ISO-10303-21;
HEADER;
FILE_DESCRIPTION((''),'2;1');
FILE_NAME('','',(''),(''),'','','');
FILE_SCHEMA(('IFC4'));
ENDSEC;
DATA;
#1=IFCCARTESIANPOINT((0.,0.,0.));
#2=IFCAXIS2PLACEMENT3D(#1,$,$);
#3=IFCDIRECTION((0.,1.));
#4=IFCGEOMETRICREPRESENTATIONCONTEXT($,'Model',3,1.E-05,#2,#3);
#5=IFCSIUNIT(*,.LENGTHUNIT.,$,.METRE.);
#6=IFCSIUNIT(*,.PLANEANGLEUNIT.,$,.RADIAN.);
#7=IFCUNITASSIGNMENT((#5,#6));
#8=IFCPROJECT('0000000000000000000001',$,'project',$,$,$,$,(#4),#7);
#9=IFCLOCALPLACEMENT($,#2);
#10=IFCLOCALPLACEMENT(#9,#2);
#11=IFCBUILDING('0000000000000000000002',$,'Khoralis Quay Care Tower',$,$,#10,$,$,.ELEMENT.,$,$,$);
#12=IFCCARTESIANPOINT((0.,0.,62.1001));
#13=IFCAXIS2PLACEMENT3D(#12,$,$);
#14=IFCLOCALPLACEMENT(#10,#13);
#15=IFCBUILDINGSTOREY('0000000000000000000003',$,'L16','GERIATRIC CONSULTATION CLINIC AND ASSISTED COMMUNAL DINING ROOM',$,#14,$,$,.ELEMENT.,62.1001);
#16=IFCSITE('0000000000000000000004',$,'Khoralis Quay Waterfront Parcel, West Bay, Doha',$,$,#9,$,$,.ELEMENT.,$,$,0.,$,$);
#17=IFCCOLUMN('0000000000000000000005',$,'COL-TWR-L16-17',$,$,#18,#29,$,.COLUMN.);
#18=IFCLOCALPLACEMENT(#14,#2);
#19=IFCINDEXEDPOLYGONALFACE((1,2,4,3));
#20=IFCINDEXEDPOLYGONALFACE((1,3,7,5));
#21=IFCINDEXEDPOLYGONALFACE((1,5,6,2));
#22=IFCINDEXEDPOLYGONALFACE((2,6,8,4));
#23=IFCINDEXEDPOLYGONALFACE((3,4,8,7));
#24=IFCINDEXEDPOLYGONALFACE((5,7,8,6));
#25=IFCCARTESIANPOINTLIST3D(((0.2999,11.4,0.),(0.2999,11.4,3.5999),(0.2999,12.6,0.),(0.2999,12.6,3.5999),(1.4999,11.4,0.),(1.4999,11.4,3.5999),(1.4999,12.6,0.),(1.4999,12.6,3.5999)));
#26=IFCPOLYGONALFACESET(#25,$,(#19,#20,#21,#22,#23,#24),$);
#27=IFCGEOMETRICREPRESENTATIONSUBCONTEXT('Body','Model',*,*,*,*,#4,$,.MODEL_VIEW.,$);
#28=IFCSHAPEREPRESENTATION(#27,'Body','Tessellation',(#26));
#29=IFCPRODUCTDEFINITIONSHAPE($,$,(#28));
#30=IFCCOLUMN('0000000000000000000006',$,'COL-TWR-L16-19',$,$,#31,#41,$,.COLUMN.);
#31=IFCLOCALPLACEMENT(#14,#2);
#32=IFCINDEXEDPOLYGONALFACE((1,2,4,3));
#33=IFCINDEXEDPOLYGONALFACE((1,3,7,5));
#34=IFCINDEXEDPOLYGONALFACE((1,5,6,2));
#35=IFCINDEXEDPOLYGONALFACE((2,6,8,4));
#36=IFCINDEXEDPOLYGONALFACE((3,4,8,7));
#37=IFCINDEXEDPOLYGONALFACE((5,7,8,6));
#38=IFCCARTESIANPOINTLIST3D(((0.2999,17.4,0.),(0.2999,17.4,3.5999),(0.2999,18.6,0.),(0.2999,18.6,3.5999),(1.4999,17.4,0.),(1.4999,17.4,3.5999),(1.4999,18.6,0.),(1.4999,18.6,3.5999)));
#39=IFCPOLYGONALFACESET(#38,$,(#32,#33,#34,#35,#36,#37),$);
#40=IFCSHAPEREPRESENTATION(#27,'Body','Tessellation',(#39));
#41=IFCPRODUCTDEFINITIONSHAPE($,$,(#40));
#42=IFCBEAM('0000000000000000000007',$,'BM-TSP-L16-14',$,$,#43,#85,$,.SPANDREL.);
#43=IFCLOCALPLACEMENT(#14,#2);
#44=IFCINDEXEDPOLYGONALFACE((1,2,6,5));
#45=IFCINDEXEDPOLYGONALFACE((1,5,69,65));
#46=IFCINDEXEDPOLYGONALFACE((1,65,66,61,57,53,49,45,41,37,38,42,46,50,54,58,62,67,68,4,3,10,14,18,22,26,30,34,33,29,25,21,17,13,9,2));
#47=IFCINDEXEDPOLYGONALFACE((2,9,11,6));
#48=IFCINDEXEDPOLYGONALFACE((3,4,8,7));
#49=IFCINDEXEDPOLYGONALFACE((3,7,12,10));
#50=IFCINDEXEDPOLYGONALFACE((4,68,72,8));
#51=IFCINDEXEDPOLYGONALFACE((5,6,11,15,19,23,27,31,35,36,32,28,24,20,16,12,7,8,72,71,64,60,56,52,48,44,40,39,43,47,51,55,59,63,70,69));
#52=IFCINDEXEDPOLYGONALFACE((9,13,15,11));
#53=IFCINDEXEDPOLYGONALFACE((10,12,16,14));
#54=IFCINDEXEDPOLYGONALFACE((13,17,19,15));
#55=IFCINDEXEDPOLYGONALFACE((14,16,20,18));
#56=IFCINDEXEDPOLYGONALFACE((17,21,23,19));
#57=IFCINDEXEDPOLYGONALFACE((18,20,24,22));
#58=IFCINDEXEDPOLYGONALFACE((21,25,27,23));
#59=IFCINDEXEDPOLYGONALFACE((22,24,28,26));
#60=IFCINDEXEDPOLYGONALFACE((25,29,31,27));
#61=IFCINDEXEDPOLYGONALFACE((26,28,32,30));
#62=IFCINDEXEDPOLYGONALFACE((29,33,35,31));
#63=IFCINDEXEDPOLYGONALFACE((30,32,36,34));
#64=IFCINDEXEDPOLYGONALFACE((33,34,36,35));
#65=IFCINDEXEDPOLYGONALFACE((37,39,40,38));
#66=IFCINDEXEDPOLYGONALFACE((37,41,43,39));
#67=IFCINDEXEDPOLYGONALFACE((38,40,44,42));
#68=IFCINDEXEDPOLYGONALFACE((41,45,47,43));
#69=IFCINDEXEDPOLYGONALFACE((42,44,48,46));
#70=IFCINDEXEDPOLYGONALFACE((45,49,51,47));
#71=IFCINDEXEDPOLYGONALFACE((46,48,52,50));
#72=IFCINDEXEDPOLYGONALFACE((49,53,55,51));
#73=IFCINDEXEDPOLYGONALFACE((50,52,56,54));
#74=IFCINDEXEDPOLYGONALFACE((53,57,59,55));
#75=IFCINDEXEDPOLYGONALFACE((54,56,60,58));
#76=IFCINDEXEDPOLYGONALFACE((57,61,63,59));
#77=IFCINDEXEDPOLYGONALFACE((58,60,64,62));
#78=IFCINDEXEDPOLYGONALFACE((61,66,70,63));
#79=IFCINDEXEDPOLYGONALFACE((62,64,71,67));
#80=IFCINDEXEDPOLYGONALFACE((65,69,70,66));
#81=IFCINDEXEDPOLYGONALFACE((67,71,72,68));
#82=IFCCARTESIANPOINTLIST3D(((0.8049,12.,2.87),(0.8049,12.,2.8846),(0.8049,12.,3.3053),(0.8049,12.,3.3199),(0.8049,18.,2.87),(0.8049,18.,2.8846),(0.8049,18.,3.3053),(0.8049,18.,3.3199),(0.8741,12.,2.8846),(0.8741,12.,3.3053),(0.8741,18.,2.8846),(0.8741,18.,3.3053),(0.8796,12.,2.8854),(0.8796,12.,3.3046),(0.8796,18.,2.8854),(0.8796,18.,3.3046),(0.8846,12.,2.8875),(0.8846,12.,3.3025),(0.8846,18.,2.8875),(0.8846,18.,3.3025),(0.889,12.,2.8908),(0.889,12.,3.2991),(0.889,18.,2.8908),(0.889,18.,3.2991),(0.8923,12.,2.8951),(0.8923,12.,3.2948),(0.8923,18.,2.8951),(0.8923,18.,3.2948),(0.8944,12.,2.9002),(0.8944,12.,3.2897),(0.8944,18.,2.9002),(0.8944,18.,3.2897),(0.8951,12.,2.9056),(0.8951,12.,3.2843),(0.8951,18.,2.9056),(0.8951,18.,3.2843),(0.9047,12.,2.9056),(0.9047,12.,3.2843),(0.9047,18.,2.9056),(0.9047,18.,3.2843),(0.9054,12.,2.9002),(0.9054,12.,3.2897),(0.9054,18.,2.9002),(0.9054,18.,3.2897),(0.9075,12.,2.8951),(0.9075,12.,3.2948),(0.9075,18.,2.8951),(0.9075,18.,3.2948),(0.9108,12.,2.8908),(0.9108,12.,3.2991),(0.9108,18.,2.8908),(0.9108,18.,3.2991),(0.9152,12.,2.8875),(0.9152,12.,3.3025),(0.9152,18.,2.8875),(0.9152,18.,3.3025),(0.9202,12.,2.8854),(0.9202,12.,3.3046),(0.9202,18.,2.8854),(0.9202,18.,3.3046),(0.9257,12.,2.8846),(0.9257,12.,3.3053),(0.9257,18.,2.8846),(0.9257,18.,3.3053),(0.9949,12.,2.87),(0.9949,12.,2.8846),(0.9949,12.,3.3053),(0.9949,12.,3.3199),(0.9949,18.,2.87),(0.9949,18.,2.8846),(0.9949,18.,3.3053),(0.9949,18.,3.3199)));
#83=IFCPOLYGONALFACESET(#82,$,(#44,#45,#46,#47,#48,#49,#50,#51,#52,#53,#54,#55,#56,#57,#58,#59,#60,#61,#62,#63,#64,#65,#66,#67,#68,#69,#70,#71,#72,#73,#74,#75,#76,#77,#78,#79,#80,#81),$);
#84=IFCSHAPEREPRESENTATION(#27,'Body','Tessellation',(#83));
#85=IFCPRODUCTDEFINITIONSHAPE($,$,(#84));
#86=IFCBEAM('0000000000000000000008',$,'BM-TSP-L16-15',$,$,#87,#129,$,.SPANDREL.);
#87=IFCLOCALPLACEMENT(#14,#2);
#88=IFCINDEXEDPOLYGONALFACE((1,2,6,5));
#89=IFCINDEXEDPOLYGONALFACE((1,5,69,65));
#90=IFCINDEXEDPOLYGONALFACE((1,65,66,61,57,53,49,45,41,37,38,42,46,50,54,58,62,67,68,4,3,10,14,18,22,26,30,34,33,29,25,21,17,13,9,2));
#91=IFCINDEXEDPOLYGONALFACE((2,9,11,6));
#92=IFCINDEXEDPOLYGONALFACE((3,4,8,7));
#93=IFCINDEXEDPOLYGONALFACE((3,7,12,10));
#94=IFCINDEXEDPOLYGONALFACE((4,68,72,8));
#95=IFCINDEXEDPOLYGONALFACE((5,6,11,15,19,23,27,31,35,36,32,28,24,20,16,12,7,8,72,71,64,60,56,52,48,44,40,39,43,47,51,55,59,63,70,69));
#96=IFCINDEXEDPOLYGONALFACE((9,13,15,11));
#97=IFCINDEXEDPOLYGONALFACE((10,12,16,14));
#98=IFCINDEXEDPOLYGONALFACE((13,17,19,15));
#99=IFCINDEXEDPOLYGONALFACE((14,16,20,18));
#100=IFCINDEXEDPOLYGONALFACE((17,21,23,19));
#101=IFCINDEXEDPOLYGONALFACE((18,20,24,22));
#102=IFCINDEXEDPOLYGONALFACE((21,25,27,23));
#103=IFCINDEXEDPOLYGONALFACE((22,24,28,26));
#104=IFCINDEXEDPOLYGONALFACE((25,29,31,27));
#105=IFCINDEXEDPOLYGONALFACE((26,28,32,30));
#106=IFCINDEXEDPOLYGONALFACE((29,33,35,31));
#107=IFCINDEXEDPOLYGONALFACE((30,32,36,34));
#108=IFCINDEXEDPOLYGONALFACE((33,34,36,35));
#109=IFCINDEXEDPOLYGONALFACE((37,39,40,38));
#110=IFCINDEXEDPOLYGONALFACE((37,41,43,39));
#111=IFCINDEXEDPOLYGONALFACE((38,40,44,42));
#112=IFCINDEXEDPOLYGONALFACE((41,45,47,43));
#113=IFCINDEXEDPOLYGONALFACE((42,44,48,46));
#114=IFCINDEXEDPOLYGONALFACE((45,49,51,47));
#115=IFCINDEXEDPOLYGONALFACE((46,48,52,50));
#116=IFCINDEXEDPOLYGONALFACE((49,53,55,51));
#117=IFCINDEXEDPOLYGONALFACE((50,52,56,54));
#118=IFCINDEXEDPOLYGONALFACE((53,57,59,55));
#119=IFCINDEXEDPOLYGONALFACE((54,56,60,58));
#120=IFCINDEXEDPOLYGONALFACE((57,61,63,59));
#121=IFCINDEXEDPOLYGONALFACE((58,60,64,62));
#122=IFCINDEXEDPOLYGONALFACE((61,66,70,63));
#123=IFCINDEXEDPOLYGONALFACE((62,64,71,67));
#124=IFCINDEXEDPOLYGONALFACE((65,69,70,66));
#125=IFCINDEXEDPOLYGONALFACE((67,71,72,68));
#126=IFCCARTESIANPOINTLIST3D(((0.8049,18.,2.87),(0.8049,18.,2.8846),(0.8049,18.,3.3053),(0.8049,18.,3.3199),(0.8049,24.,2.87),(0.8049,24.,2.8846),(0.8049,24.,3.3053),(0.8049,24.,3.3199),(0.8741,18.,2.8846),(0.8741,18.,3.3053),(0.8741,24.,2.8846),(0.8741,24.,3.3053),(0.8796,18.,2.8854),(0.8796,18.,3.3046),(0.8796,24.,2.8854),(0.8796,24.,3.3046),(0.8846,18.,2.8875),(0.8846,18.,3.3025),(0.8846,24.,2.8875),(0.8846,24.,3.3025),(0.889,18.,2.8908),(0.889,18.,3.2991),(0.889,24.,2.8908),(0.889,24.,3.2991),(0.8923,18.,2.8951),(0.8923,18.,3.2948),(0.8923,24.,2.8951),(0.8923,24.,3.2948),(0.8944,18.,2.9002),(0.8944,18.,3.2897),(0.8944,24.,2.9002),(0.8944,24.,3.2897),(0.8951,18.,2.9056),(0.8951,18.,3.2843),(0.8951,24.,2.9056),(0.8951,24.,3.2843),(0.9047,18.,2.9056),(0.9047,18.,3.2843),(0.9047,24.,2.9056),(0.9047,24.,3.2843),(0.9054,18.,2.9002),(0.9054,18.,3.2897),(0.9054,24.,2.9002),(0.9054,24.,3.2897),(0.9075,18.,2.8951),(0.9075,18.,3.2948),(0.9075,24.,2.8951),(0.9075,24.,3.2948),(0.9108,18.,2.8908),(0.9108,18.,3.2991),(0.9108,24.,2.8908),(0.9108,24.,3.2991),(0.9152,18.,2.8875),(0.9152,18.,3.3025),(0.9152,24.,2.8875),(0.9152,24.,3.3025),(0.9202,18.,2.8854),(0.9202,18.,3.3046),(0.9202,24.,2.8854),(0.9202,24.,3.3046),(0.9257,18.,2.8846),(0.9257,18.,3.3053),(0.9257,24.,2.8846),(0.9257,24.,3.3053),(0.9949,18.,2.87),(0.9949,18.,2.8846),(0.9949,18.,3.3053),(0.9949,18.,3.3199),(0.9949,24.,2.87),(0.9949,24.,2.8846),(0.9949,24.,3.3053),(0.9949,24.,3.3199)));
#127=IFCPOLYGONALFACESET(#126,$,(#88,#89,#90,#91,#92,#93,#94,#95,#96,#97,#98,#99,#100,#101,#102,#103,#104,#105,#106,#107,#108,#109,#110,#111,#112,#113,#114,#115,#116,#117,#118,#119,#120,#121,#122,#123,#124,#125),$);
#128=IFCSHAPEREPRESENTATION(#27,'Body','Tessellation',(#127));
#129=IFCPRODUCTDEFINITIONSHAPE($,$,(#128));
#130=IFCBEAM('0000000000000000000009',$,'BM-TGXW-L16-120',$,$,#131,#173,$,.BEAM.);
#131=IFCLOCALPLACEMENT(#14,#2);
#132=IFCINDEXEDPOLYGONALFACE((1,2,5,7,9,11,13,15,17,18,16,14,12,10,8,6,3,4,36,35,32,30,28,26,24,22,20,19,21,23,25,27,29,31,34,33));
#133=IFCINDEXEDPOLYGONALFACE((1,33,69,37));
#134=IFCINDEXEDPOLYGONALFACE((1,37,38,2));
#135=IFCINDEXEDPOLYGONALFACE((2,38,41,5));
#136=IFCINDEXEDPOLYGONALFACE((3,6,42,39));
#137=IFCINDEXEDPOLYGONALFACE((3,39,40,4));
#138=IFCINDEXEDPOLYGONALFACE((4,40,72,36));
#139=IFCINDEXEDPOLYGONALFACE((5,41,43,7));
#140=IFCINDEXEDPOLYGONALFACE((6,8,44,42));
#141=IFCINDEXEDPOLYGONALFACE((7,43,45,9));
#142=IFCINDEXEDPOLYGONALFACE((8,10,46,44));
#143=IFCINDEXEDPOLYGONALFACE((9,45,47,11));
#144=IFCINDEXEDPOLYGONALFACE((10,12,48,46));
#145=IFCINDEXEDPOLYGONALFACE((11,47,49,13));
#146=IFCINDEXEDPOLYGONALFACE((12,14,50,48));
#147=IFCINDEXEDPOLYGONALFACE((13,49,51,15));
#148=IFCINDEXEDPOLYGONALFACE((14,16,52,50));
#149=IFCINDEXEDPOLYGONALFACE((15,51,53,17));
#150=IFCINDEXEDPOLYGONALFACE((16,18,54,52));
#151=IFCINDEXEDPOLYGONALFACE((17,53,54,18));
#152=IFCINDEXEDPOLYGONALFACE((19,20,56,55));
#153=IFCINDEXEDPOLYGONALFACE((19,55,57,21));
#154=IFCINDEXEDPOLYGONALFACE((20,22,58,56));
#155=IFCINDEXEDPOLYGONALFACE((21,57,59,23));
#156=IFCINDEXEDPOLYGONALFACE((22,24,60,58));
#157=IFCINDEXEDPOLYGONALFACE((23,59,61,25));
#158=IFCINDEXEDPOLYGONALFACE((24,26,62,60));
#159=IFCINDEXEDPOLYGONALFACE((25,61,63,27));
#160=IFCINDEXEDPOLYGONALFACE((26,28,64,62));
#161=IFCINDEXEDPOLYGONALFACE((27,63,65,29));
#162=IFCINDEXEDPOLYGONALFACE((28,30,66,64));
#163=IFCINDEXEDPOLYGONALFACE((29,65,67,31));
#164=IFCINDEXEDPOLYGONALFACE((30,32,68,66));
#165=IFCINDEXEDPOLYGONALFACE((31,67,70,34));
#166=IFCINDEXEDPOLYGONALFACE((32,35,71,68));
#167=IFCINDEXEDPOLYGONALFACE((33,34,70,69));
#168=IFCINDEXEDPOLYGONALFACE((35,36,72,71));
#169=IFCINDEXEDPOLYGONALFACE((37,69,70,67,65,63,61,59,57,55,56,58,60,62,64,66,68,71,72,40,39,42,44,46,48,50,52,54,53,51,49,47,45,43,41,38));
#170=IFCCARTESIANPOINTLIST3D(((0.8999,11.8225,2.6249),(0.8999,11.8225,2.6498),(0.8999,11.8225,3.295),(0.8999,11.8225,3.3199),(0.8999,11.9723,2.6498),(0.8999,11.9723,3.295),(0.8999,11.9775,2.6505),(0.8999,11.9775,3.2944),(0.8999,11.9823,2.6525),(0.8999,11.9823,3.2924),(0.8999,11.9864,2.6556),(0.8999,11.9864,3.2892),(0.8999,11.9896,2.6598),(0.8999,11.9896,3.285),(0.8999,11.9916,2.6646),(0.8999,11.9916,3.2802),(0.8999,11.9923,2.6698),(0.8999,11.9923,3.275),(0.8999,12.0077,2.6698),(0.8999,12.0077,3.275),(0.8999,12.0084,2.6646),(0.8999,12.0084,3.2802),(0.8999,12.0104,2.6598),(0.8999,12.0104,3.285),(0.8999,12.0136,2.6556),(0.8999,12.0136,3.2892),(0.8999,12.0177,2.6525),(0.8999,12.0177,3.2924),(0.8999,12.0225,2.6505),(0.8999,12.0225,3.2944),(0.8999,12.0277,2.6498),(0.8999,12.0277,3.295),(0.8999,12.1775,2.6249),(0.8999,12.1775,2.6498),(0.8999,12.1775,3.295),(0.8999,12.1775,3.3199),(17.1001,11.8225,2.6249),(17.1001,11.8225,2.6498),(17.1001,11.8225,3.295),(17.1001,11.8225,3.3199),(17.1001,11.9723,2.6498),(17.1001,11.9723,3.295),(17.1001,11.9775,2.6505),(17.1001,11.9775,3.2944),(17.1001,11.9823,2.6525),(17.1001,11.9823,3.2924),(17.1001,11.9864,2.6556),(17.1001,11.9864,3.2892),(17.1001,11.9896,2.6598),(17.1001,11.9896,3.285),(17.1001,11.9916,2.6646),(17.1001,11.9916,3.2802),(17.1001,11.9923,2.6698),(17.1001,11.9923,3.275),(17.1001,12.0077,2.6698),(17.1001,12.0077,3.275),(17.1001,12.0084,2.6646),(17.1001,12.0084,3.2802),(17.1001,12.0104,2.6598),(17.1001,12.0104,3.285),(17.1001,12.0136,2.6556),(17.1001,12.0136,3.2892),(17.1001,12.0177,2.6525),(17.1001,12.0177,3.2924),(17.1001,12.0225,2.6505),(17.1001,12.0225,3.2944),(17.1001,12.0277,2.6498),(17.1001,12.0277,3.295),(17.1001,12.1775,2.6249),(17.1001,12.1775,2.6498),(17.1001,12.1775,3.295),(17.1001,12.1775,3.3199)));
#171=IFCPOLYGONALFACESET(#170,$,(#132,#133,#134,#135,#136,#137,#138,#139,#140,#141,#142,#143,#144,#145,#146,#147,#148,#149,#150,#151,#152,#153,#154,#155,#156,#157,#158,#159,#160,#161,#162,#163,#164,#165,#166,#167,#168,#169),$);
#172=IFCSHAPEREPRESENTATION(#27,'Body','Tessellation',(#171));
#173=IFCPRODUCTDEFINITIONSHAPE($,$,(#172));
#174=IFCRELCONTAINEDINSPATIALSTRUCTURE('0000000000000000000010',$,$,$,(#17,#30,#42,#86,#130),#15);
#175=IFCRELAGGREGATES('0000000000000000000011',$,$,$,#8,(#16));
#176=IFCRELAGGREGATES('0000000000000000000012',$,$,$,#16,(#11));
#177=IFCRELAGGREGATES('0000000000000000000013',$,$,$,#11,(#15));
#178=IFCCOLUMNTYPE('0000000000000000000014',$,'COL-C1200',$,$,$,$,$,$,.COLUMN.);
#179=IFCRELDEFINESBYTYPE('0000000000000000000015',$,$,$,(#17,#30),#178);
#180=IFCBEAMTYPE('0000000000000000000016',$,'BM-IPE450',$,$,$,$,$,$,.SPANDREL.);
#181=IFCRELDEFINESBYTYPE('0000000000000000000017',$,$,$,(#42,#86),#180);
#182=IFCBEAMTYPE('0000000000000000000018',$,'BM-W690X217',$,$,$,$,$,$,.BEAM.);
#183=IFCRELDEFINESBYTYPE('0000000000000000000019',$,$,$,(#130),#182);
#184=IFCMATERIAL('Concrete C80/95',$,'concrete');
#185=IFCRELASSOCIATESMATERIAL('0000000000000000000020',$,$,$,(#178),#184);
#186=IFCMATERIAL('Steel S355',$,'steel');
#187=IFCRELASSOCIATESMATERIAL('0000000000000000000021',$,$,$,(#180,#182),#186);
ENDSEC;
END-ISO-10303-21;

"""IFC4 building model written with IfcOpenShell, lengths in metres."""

from ifc_helpers import new_model, si_unit, direction, frame, origin, origin_2d, place, context, subcontext, project, spatial, rectangle, i_section, extrude, source, transform, mapped, material, material_profile, profile_set, type_object, element, save


model = new_model("IFC4")

# Units and contexts
model_context = context("Model", 3, precision=1e-05, world=origin(), true_north=direction((0.0, 1.0)))
body_context = subcontext(model_context, "Body", "Model", "MODEL_VIEW")
ifc_project = project(units=[si_unit("LENGTHUNIT", "METRE"), si_unit("PLANEANGLEUNIT", "RADIAN")], contexts=[model_context])

# Site, building, storey
site_placement = place(None, origin())
site = spatial("IfcSite", under=ifc_project, at=site_placement, Name="Khoralis Quay Waterfront Parcel, West Bay, Doha", CompositionType="ELEMENT", RefElevation=0.0)
building_placement = place(site_placement, origin())
building = spatial("IfcBuilding", under=site, at=building_placement, Name="Khoralis Quay Care Tower", CompositionType="ELEMENT")
storey_placement = place(building_placement, frame((0.0, 0.0, 62.1001)))
storey = spatial("IfcBuildingStorey", under=building, at=storey_placement, Name="L16", Description="GERIATRIC CONSULTATION CLINIC AND ASSISTED COMMUNAL DINING ROOM", CompositionType="ELEMENT", Elevation=62.1001)

# Columns
ifc_material_1 = material(Name="Concrete C80/95", Category="concrete")
ifc_material_profile_1 = material_profile(ifc_material_1, rectangle(XDim=1.2, YDim=1.2, at=origin_2d()), Name="Concrete C80/95")
ifc_profile_set_1 = profile_set([ifc_material_profile_1], Name="Concrete C80/95")
column_type = type_object("IfcColumnType", Name="COL-C1200", PredefinedType="COLUMN", material=ifc_profile_set_1)
shared_shape_1 = source(origin(), body_context, "Body", "SweptSolid", [
    extrude(rectangle(XDim=1.2, YDim=1.2, at=origin_2d()), origin(), (0.0, 0.0, 1.0), 3.5999),
])
for number, where, z_axis, x_axis, name in (
    (1, (0.8999, 12.0, 0.0), (0.0, 0.0, 1.0), (1.0, 0.0, 0.0), "COL-TWR-L16-17"),
    (2, (0.8999, 18.0, 0.0), (0.0, 0.0, 1.0), (1.0, 0.0, 0.0), "COL-TWR-L16-19"),
):
    element("IfcColumn", number, at=place(storey_placement, frame(where, z_axis=z_axis, x_axis=x_axis)), inside=storey, type_object=column_type, Name=name, PredefinedType="COLUMN", context=body_context, shape_type="MappedRepresentation", body=[
        mapped(shared_shape_1, transform((0.0, 0.0, 0.0), scale=1.0)),
    ])

# Beams
ifc_material_2 = material(Name="Steel S355", Category="steel")
ifc_material_profile_2 = material_profile(ifc_material_2, i_section(OverallWidth=0.1899, OverallDepth=0.45, WebThickness=0.0095, FlangeThickness=0.0146, FilletRadius=0.021, at=origin_2d()), Name="Steel S355")
ifc_profile_set_2 = profile_set([ifc_material_profile_2], Name="Steel S355")
beam_type_1 = type_object("IfcBeamType", Name="BM-IPE450", PredefinedType="SPANDREL", material=ifc_profile_set_2)
shared_shape_2 = source(origin(), body_context, "Body", "SweptSolid", [
    extrude(i_section(OverallWidth=0.1899, OverallDepth=0.45, WebThickness=0.0095, FlangeThickness=0.0146, FilletRadius=0.021, at=origin_2d()), origin(), (0.0, 0.0, 1.0), 6.0),
])
for number, where, z_axis, x_axis, name in (
    (3, (0.8999, 12.0, 3.095), (0.0, 1.0, 0.0), (-1.0, 0.0, 0.0), "BM-TSP-L16-14"),
    (4, (0.8999, 18.0, 3.095), (0.0, 1.0, 0.0), (-1.0, 0.0, 0.0), "BM-TSP-L16-15"),
):
    element("IfcBeam", number, at=place(storey_placement, frame(where, z_axis=z_axis, x_axis=x_axis)), inside=storey, type_object=beam_type_1, Name=name, PredefinedType="SPANDREL", context=body_context, shape_type="MappedRepresentation", body=[
        mapped(shared_shape_2, transform((0.0, 0.0, 0.0), scale=1.0)),
    ])
ifc_material_profile_3 = material_profile(ifc_material_2, i_section(OverallWidth=0.355, OverallDepth=0.6951, WebThickness=0.0154, FlangeThickness=0.0249, FilletRadius=0.02, at=origin_2d()), Name="Steel S355")
ifc_profile_set_3 = profile_set([ifc_material_profile_3], Name="Steel S355")
beam_type_2 = type_object("IfcBeamType", Name="BM-W690X217", PredefinedType="BEAM", material=ifc_profile_set_3)
shared_shape_3 = source(origin(), body_context, "Body", "SweptSolid", [
    extrude(i_section(OverallWidth=0.355, OverallDepth=0.6951, WebThickness=0.0154, FlangeThickness=0.0249, FilletRadius=0.02, at=origin_2d()), origin(), (0.0, 0.0, 1.0), 16.2002),
])
beam_1_placement = place(storey_placement, frame((0.8999, 12.0, 2.9724), z_axis=(1.0, 0.0, 0.0), x_axis=(0.0, 1.0, 0.0)))
element("IfcBeam", 5, at=beam_1_placement, inside=storey, type_object=beam_type_2, Name="BM-TGXW-L16-120", PredefinedType="BEAM", context=body_context, shape_type="MappedRepresentation", body=[
    mapped(shared_shape_3, transform((0.0, 0.0, 0.0), scale=1.0)),
])

save(model, "model.ifc")
